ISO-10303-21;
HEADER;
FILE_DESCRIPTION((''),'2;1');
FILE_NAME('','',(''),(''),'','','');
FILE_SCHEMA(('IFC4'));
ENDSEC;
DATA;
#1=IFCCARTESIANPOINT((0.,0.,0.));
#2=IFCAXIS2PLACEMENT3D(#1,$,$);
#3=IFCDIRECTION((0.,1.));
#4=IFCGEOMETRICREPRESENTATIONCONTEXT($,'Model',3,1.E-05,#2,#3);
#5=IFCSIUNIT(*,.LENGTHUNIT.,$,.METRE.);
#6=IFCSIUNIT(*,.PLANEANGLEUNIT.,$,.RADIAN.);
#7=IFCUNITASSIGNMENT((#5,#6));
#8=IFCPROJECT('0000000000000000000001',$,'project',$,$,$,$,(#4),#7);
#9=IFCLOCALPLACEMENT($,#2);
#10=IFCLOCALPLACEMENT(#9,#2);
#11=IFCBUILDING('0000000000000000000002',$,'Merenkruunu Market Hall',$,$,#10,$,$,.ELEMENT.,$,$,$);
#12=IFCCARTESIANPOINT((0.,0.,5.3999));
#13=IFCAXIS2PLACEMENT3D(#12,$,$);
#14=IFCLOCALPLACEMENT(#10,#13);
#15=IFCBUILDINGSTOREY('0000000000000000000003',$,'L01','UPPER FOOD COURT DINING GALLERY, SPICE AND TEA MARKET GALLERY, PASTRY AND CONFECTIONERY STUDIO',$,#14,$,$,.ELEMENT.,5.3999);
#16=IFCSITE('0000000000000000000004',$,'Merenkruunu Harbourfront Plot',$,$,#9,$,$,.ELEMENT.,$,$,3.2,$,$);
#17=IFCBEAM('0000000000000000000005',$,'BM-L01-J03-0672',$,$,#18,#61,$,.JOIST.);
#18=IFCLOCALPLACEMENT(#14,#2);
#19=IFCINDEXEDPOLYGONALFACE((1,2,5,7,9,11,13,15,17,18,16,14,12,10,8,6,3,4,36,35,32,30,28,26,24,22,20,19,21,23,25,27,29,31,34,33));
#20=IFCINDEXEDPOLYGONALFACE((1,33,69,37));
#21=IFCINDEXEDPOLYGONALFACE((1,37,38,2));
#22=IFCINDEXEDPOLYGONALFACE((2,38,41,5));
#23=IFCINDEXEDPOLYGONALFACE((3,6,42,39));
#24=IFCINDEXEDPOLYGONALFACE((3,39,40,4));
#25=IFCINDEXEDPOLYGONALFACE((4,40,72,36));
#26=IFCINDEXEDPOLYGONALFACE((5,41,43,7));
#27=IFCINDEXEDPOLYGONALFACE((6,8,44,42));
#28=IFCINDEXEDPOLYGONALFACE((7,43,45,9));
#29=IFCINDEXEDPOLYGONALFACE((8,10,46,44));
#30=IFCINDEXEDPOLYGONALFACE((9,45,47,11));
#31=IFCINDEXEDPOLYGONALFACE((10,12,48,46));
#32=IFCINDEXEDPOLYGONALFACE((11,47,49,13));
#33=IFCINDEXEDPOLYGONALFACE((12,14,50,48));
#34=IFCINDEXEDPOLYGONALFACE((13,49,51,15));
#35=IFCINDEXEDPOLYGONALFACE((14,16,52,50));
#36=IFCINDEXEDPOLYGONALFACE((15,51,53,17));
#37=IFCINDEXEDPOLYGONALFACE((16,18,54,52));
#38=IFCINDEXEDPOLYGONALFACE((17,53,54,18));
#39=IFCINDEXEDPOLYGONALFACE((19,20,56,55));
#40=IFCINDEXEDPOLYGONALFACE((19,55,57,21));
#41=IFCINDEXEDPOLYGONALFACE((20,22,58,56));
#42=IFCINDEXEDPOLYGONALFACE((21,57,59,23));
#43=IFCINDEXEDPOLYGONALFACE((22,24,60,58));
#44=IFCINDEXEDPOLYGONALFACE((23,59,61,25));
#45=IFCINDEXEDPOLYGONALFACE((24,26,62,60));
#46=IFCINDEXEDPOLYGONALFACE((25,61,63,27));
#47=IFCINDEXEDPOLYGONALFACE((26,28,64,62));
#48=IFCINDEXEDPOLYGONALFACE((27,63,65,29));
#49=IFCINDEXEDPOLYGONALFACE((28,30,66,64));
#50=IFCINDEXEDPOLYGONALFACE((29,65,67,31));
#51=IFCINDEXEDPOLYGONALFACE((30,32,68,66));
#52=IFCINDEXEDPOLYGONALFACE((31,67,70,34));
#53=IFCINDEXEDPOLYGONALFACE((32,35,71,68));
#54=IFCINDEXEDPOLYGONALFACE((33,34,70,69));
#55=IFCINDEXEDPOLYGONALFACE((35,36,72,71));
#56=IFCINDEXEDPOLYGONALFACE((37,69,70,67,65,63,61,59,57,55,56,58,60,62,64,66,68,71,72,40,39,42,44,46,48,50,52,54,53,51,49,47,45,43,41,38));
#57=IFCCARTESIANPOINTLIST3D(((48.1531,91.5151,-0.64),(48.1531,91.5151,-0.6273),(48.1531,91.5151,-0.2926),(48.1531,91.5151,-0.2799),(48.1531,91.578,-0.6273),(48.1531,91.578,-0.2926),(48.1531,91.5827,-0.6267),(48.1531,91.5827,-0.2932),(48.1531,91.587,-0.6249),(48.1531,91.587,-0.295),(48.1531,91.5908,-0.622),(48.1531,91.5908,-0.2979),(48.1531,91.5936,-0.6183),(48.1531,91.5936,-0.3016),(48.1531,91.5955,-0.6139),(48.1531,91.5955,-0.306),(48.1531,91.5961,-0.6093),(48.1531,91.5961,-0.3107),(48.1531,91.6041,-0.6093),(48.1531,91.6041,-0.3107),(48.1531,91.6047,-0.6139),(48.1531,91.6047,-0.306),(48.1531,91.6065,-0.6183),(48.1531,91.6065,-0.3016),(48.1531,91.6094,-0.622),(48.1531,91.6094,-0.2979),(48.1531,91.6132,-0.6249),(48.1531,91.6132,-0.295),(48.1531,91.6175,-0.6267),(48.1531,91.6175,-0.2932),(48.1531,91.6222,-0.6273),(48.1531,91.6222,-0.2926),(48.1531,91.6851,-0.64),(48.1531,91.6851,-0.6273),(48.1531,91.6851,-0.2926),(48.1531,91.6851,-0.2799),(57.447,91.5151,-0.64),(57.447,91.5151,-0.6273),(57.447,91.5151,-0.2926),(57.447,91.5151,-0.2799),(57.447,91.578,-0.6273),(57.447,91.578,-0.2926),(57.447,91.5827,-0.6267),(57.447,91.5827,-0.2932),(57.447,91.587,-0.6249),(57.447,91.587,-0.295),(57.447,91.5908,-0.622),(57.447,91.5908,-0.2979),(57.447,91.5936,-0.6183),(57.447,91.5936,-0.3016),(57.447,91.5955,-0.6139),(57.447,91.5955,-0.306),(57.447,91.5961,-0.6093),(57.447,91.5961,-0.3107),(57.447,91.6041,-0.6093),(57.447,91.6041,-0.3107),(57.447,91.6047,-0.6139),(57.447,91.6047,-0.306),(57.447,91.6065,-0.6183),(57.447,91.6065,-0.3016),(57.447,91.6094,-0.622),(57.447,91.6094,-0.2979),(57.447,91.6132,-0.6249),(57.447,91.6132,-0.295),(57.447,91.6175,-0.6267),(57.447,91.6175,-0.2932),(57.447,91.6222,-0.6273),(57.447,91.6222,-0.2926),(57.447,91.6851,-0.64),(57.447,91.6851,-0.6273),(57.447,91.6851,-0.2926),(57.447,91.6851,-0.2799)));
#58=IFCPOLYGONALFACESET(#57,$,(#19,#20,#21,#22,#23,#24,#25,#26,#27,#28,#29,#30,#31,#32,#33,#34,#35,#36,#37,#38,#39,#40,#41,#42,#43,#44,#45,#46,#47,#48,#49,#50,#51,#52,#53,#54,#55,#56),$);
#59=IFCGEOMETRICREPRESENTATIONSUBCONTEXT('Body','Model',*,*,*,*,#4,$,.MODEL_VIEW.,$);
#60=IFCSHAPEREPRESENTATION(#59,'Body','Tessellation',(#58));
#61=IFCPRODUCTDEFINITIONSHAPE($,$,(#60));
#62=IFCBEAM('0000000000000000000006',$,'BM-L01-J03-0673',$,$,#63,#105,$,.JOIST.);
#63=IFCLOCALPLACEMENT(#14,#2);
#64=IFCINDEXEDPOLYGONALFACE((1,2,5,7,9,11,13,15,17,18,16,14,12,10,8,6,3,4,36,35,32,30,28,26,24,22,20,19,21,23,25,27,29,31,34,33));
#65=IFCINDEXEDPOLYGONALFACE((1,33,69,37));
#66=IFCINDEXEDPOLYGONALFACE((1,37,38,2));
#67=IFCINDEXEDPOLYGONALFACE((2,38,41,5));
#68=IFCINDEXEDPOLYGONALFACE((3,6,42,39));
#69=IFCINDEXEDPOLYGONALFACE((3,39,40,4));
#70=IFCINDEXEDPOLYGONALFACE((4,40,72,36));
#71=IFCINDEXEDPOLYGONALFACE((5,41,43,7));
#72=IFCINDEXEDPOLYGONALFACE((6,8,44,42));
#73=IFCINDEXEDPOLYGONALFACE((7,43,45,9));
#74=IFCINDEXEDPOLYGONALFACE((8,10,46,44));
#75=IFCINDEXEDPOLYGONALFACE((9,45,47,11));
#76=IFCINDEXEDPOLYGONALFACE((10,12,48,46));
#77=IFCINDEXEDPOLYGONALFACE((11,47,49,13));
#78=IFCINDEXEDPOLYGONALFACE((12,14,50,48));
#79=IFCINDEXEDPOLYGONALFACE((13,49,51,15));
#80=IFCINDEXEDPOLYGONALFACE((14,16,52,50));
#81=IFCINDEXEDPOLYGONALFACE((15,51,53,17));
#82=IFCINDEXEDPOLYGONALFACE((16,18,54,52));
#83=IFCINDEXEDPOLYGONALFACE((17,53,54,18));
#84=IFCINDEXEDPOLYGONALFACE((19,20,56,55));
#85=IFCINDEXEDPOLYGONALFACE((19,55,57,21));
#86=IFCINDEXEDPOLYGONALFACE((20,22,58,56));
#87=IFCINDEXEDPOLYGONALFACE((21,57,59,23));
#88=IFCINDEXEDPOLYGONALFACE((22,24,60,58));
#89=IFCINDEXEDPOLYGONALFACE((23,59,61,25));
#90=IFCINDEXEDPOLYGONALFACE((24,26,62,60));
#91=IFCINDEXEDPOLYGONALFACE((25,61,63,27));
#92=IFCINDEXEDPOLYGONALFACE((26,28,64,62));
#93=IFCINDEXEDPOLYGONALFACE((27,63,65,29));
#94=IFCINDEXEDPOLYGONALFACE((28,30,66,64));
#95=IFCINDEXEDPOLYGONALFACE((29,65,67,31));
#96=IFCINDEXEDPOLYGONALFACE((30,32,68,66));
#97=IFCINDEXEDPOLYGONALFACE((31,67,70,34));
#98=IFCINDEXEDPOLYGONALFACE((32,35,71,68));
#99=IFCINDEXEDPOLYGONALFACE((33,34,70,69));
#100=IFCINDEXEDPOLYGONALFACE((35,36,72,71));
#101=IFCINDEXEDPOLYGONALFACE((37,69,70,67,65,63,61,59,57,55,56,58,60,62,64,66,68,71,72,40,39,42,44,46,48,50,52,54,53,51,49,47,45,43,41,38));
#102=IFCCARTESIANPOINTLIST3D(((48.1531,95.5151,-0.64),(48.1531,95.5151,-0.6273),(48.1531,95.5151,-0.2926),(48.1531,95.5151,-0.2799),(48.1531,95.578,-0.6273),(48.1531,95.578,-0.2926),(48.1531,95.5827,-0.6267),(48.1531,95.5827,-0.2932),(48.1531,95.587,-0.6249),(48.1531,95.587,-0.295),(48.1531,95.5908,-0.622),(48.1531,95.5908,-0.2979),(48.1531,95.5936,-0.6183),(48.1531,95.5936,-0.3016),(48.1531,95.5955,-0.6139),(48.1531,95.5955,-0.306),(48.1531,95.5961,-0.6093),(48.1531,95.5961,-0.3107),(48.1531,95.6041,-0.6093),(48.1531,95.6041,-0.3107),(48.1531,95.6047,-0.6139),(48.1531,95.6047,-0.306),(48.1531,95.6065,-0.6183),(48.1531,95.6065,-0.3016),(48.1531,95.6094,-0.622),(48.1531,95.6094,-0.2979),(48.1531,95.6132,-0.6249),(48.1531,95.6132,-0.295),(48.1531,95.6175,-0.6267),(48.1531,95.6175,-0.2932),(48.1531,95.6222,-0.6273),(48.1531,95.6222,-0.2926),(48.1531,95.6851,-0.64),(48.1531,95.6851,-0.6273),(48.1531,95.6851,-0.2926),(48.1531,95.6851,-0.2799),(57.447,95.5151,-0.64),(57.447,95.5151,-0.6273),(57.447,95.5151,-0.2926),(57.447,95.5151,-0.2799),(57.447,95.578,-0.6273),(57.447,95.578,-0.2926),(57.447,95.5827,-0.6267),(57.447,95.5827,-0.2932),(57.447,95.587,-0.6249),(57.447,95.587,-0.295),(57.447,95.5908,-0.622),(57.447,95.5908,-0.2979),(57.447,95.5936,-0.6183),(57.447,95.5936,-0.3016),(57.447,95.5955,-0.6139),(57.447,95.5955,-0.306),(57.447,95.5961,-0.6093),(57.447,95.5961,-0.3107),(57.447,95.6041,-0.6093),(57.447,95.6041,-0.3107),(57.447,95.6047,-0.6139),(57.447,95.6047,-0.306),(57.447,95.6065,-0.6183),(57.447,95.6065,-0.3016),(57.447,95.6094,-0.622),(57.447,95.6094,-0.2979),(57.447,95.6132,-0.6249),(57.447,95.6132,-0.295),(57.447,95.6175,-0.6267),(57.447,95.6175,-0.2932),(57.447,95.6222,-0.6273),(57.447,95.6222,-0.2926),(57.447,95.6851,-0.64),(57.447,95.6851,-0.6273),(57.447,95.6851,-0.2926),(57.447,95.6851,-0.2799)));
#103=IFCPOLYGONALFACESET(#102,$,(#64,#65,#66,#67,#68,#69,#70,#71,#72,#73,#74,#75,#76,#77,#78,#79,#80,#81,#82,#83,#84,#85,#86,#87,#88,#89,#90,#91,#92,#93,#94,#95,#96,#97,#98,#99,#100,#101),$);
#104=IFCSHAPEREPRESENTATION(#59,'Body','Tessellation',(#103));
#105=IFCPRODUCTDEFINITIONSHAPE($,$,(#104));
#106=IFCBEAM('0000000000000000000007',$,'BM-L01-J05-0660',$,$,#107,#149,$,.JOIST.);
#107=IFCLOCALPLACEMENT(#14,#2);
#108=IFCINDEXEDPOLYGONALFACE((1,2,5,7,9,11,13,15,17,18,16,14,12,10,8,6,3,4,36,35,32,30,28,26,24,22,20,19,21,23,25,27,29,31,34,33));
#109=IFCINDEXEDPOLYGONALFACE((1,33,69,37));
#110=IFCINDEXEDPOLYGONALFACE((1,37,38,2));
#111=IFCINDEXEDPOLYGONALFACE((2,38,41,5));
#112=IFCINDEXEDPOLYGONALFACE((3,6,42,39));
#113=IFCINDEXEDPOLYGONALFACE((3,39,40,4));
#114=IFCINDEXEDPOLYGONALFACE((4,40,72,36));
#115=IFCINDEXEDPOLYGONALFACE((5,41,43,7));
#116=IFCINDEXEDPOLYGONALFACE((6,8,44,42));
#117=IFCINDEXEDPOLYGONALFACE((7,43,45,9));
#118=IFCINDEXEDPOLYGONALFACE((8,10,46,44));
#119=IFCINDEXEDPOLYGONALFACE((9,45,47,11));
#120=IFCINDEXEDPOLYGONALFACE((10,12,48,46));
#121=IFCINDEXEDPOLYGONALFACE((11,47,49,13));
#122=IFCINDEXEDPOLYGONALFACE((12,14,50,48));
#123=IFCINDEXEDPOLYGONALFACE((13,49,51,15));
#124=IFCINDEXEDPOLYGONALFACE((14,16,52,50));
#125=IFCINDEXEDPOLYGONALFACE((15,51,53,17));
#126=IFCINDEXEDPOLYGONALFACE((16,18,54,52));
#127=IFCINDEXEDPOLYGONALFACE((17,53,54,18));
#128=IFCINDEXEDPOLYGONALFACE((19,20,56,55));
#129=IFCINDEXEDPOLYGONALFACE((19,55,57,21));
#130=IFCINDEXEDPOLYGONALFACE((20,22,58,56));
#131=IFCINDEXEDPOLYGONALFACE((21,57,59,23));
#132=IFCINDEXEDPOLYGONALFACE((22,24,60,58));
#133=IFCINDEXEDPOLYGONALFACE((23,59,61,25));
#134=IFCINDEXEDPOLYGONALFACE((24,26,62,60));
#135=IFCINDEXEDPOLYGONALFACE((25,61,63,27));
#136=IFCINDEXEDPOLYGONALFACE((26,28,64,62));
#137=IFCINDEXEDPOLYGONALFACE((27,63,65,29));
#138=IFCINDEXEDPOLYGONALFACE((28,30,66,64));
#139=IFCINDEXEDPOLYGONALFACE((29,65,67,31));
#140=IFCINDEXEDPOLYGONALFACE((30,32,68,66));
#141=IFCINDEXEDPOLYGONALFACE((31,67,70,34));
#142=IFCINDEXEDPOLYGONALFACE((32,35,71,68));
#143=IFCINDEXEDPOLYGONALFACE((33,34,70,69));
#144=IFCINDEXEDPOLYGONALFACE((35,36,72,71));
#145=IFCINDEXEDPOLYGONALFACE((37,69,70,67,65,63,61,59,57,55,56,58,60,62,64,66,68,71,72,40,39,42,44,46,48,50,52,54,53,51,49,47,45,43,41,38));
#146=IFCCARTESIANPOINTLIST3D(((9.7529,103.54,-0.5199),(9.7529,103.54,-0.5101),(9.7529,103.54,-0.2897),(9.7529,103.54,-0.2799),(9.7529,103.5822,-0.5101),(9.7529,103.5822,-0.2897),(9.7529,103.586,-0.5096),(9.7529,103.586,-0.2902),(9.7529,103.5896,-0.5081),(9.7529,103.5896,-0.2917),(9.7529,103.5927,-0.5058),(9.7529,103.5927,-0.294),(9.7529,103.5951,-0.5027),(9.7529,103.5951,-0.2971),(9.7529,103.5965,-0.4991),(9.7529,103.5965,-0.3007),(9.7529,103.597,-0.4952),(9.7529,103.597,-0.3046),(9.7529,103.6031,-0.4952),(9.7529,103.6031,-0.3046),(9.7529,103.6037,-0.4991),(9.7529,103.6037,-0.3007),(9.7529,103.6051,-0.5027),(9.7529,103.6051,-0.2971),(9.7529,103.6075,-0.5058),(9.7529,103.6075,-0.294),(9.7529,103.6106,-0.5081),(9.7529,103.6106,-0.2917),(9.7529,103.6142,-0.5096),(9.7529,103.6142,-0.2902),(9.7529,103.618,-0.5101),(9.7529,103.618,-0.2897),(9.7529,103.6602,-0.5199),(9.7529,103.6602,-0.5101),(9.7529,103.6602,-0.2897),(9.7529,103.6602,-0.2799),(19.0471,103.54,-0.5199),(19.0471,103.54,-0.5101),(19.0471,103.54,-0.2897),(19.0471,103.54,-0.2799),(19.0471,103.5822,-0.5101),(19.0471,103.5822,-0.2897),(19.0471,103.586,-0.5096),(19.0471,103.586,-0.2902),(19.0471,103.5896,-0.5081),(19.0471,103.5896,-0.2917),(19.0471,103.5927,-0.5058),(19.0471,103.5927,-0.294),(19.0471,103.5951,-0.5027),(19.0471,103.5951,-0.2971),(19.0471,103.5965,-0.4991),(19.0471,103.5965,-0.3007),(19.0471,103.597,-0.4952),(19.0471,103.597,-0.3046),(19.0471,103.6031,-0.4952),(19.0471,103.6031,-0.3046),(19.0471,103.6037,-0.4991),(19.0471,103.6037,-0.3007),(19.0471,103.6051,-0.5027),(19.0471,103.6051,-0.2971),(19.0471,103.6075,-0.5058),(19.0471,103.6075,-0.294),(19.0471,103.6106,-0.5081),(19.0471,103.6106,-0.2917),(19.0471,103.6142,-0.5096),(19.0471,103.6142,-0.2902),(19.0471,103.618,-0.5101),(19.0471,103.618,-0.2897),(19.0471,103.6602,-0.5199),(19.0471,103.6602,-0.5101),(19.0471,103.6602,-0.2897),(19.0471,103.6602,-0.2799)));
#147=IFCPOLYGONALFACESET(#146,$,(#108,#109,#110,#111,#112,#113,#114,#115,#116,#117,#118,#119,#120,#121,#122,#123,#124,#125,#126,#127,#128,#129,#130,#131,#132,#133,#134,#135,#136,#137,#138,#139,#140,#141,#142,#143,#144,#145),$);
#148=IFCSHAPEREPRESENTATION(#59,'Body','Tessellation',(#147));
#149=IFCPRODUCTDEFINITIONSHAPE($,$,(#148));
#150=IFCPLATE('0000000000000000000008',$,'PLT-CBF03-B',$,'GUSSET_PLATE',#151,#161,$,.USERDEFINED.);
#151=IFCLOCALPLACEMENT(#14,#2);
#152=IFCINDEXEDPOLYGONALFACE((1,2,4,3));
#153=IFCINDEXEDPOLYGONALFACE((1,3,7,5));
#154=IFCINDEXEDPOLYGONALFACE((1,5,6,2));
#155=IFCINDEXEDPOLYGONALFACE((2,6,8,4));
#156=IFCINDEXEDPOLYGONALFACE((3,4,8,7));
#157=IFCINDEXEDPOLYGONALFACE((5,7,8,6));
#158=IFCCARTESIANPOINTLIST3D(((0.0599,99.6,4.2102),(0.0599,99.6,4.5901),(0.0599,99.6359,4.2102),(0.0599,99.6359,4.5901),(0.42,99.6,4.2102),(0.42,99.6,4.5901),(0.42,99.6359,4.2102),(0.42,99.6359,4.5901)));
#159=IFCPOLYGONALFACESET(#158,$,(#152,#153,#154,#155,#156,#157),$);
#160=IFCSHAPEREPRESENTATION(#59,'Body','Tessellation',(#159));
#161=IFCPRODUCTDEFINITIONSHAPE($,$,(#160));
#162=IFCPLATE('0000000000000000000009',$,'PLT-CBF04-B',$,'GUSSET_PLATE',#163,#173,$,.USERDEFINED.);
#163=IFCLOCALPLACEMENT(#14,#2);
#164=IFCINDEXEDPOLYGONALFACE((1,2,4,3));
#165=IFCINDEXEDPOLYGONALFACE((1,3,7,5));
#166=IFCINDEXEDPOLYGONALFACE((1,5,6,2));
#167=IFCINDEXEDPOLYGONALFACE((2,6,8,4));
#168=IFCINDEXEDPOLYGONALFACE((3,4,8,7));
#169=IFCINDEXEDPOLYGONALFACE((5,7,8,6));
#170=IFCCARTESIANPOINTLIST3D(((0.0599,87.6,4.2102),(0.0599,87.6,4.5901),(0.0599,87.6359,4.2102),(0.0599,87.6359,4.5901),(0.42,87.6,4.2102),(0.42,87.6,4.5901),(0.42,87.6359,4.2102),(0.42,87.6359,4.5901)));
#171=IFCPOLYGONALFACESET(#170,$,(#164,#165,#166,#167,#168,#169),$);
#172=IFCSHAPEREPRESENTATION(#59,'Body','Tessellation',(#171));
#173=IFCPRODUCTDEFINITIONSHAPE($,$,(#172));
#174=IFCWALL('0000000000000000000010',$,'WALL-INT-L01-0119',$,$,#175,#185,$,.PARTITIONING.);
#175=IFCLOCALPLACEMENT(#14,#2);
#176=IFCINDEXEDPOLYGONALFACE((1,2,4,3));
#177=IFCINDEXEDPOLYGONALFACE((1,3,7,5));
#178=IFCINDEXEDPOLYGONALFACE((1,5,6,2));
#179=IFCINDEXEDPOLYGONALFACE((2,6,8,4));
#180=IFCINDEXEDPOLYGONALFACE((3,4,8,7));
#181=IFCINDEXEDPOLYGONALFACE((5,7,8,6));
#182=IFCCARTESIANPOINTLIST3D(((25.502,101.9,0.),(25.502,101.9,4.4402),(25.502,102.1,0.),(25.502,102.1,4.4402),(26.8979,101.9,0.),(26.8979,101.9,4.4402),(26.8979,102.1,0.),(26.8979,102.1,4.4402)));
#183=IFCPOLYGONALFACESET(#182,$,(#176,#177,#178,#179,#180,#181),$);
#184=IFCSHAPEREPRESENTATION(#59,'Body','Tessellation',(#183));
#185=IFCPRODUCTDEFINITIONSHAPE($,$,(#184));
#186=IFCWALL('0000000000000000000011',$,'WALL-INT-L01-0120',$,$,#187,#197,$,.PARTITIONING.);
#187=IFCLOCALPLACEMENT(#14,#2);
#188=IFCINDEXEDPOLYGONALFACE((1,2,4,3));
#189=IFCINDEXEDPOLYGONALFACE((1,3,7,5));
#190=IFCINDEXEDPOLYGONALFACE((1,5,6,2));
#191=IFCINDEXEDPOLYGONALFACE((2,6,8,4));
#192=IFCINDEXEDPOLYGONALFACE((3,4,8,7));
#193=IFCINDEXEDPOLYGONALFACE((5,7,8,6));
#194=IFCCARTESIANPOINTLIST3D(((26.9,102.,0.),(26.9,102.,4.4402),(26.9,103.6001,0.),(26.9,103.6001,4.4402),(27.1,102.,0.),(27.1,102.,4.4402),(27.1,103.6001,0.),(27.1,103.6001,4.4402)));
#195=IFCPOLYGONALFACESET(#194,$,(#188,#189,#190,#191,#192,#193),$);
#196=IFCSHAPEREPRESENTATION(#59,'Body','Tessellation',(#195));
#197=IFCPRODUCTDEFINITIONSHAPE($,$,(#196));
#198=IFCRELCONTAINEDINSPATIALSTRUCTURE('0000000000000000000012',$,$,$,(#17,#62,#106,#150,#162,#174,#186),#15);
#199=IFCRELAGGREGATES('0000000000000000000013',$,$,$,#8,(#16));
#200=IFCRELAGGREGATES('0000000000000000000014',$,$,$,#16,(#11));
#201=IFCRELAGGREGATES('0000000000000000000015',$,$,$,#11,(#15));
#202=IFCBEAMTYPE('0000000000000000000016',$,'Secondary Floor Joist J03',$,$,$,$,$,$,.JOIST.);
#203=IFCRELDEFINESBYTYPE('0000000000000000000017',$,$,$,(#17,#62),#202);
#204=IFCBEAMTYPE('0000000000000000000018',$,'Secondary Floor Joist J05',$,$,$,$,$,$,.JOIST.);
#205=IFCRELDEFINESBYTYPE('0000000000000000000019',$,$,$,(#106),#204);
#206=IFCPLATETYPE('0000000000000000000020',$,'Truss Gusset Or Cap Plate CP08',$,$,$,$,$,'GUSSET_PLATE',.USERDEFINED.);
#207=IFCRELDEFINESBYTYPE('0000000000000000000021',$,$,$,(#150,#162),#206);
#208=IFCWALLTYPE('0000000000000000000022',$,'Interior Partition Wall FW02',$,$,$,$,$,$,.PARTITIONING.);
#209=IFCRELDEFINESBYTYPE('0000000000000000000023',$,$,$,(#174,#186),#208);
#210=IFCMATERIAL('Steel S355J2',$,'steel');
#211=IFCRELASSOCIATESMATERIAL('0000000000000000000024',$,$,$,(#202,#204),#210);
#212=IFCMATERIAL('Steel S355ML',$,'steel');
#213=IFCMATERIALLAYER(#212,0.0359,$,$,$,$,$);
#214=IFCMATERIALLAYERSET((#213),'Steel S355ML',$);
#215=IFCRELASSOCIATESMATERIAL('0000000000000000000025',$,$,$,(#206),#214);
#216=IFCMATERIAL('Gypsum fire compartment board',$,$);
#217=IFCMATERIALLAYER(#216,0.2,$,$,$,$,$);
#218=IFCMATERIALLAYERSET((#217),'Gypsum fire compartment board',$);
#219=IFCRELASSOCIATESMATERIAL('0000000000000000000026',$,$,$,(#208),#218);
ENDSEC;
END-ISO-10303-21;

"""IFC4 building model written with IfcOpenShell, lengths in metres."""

from ifc_helpers import new_model, si_unit, direction, frame, frame_2d, origin, origin_2d, place, context, subcontext, project, spatial, rectangle, i_section, extrude, material, layer, layer_set, material_profile, profile_set, type_object, element, save


model = new_model("IFC4")

# Units and contexts
model_context = context("Model", 3, precision=1e-05, world=origin(), true_north=direction((0.0, 1.0)))
body_context = subcontext(model_context, "Body", "Model", "MODEL_VIEW")
ifc_project = project(units=[si_unit("LENGTHUNIT", "METRE"), si_unit("PLANEANGLEUNIT", "RADIAN")], contexts=[model_context])

# Site, building, storey
site_placement = place(None, origin())
site = spatial("IfcSite", under=ifc_project, at=site_placement, Name="Merenkruunu Harbourfront Plot", CompositionType="ELEMENT", RefElevation=3.2)
building_placement = place(site_placement, origin())
building = spatial("IfcBuilding", under=site, at=building_placement, Name="Merenkruunu Market Hall", CompositionType="ELEMENT")
storey_placement = place(building_placement, frame((0.0, 0.0, 5.3999)))
storey = spatial("IfcBuildingStorey", under=building, at=storey_placement, Name="L01", Description="UPPER FOOD COURT DINING GALLERY, SPICE AND TEA MARKET GALLERY, PASTRY AND CONFECTIONERY STUDIO", CompositionType="ELEMENT", Elevation=5.3999)

# Shared definitions
ifc_material_1 = material(Name="Steel S355J2", Category="steel")

# Shared definitions
ifc_material_2 = material(Name="Steel S355ML", Category="steel")

# Beams
ifc_material_profile_1 = material_profile(ifc_material_1, i_section(OverallWidth=0.1699, OverallDepth=0.3601, WebThickness=0.0081, FlangeThickness=0.0127, FilletRadius=0.0181, at=origin_2d()), Name="IPE 360")
ifc_profile_set_1 = profile_set([ifc_material_profile_1], Name="Steel S355J2")
beam_type_1 = type_object("IfcBeamType", Name="Secondary Floor Joist J03", PredefinedType="JOIST", material=ifc_profile_set_1)
for number, where, z_axis, x_axis, name in (
    (1, (48.1531, 91.6001, -0.46), (1.0, 0.0, 0.0), (0.0, 1.0, 0.0), "BM-L01-J03-0672"),
    (2, (48.1531, 95.6001, -0.46), (1.0, 0.0, 0.0), (0.0, 1.0, 0.0), "BM-L01-J03-0673"),
):
    element("IfcBeam", number, at=place(storey_placement, frame(where, z_axis=z_axis, x_axis=x_axis)), inside=storey, type_object=beam_type_1, Name=name, PredefinedType="JOIST", context=body_context, shape_type="SweptSolid", body=[
        extrude(i_section(OverallWidth=0.1699, OverallDepth=0.3601, WebThickness=0.0081, FlangeThickness=0.0127, FilletRadius=0.0181, at=origin_2d()), origin(), (0.0, 0.0, 1.0), 9.2939),
    ])
ifc_material_profile_2 = material_profile(ifc_material_1, i_section(OverallWidth=0.1201, OverallDepth=0.24, WebThickness=0.0061, FlangeThickness=0.0098, FilletRadius=0.0149, at=origin_2d()), Name="IPE 240")
ifc_profile_set_2 = profile_set([ifc_material_profile_2], Name="Steel S355J2")
beam_type_2 = type_object("IfcBeamType", Name="Secondary Floor Joist J05", PredefinedType="JOIST", material=ifc_profile_set_2)
beam_1_placement = place(storey_placement, frame((9.7529, 103.6001, -0.3999), z_axis=(1.0, 0.0, 0.0), x_axis=(0.0, 1.0, 0.0)))
element("IfcBeam", 3, at=beam_1_placement, inside=storey, type_object=beam_type_2, Name="BM-L01-J05-0660", PredefinedType="JOIST", context=body_context, shape_type="SweptSolid", body=[
    extrude(i_section(OverallWidth=0.1201, OverallDepth=0.24, WebThickness=0.0061, FlangeThickness=0.0098, FilletRadius=0.0149, at=origin_2d()), origin(), (0.0, 0.0, 1.0), 9.2942),
])

# Plates
ifc_layer_1 = layer(ifc_material_2, 0.0359)
ifc_layer_set_1 = layer_set([ifc_layer_1], Name="Steel S355ML")
plate_type = type_object("IfcPlateType", Name="Truss Gusset Or Cap Plate CP08", ElementType="GUSSET_PLATE", PredefinedType="USERDEFINED", material=ifc_layer_set_1)
for number, where, z_axis, x_axis, name in (
    (4, (0.24, 99.6179, 4.2102), (0.0, 0.0, 1.0), (1.0, 0.0, 0.0), "PLT-CBF03-B"),
    (5, (0.24, 87.6179, 4.2102), (0.0, 0.0, 1.0), (1.0, 0.0, 0.0), "PLT-CBF04-B"),
):
    element("IfcPlate", number, at=place(storey_placement, frame(where, z_axis=z_axis, x_axis=x_axis)), inside=storey, type_object=plate_type, Name=name, ObjectType="GUSSET_PLATE", PredefinedType="USERDEFINED", context=body_context, shape_type="SweptSolid", body=[
        extrude(rectangle(XDim=0.3601, YDim=0.0359, at=origin_2d()), origin(), (0.0, 0.0, 1.0), 0.3799),
    ])

# Walls
ifc_material_3 = material(Name="Gypsum fire compartment board")
ifc_layer_2 = layer(ifc_material_3, 0.2)
ifc_layer_set_2 = layer_set([ifc_layer_2], Name="Gypsum fire compartment board")
wall_type_1 = type_object("IfcWallType", Name="Interior Partition Wall FW02", PredefinedType="PARTITIONING", material=ifc_layer_set_2)
wall_1_placement = place(storey_placement, frame((25.502, 102.0, 0.0), z_axis=(0.0, 0.0, 1.0), x_axis=(1.0, 0.0, 0.0)))
element("IfcWall", 6, at=wall_1_placement, inside=storey, type_object=wall_type_1, Name="WALL-INT-L01-0119", PredefinedType="PARTITIONING", context=body_context, shape_type="SweptSolid", body=[
    extrude(rectangle(XDim=1.396, YDim=0.2, at=frame_2d((0.698, 0.0))), origin(), (0.0, 0.0, 1.0), 4.4402),
])
wall_2_placement = place(storey_placement, frame((27.0, 102.0, 0.0), z_axis=(0.0, 0.0, 1.0), x_axis=(0.0, 1.0, 0.0)))
element("IfcWall", 7, at=wall_2_placement, inside=storey, type_object=wall_type_1, Name="WALL-INT-L01-0120", PredefinedType="PARTITIONING", context=body_context, shape_type="SweptSolid", body=[
    extrude(rectangle(XDim=1.6001, YDim=0.2, at=frame_2d((0.8, 0.0))), origin(), (0.0, 0.0, 1.0), 4.4402),
])

save(model, "model.ifc")
